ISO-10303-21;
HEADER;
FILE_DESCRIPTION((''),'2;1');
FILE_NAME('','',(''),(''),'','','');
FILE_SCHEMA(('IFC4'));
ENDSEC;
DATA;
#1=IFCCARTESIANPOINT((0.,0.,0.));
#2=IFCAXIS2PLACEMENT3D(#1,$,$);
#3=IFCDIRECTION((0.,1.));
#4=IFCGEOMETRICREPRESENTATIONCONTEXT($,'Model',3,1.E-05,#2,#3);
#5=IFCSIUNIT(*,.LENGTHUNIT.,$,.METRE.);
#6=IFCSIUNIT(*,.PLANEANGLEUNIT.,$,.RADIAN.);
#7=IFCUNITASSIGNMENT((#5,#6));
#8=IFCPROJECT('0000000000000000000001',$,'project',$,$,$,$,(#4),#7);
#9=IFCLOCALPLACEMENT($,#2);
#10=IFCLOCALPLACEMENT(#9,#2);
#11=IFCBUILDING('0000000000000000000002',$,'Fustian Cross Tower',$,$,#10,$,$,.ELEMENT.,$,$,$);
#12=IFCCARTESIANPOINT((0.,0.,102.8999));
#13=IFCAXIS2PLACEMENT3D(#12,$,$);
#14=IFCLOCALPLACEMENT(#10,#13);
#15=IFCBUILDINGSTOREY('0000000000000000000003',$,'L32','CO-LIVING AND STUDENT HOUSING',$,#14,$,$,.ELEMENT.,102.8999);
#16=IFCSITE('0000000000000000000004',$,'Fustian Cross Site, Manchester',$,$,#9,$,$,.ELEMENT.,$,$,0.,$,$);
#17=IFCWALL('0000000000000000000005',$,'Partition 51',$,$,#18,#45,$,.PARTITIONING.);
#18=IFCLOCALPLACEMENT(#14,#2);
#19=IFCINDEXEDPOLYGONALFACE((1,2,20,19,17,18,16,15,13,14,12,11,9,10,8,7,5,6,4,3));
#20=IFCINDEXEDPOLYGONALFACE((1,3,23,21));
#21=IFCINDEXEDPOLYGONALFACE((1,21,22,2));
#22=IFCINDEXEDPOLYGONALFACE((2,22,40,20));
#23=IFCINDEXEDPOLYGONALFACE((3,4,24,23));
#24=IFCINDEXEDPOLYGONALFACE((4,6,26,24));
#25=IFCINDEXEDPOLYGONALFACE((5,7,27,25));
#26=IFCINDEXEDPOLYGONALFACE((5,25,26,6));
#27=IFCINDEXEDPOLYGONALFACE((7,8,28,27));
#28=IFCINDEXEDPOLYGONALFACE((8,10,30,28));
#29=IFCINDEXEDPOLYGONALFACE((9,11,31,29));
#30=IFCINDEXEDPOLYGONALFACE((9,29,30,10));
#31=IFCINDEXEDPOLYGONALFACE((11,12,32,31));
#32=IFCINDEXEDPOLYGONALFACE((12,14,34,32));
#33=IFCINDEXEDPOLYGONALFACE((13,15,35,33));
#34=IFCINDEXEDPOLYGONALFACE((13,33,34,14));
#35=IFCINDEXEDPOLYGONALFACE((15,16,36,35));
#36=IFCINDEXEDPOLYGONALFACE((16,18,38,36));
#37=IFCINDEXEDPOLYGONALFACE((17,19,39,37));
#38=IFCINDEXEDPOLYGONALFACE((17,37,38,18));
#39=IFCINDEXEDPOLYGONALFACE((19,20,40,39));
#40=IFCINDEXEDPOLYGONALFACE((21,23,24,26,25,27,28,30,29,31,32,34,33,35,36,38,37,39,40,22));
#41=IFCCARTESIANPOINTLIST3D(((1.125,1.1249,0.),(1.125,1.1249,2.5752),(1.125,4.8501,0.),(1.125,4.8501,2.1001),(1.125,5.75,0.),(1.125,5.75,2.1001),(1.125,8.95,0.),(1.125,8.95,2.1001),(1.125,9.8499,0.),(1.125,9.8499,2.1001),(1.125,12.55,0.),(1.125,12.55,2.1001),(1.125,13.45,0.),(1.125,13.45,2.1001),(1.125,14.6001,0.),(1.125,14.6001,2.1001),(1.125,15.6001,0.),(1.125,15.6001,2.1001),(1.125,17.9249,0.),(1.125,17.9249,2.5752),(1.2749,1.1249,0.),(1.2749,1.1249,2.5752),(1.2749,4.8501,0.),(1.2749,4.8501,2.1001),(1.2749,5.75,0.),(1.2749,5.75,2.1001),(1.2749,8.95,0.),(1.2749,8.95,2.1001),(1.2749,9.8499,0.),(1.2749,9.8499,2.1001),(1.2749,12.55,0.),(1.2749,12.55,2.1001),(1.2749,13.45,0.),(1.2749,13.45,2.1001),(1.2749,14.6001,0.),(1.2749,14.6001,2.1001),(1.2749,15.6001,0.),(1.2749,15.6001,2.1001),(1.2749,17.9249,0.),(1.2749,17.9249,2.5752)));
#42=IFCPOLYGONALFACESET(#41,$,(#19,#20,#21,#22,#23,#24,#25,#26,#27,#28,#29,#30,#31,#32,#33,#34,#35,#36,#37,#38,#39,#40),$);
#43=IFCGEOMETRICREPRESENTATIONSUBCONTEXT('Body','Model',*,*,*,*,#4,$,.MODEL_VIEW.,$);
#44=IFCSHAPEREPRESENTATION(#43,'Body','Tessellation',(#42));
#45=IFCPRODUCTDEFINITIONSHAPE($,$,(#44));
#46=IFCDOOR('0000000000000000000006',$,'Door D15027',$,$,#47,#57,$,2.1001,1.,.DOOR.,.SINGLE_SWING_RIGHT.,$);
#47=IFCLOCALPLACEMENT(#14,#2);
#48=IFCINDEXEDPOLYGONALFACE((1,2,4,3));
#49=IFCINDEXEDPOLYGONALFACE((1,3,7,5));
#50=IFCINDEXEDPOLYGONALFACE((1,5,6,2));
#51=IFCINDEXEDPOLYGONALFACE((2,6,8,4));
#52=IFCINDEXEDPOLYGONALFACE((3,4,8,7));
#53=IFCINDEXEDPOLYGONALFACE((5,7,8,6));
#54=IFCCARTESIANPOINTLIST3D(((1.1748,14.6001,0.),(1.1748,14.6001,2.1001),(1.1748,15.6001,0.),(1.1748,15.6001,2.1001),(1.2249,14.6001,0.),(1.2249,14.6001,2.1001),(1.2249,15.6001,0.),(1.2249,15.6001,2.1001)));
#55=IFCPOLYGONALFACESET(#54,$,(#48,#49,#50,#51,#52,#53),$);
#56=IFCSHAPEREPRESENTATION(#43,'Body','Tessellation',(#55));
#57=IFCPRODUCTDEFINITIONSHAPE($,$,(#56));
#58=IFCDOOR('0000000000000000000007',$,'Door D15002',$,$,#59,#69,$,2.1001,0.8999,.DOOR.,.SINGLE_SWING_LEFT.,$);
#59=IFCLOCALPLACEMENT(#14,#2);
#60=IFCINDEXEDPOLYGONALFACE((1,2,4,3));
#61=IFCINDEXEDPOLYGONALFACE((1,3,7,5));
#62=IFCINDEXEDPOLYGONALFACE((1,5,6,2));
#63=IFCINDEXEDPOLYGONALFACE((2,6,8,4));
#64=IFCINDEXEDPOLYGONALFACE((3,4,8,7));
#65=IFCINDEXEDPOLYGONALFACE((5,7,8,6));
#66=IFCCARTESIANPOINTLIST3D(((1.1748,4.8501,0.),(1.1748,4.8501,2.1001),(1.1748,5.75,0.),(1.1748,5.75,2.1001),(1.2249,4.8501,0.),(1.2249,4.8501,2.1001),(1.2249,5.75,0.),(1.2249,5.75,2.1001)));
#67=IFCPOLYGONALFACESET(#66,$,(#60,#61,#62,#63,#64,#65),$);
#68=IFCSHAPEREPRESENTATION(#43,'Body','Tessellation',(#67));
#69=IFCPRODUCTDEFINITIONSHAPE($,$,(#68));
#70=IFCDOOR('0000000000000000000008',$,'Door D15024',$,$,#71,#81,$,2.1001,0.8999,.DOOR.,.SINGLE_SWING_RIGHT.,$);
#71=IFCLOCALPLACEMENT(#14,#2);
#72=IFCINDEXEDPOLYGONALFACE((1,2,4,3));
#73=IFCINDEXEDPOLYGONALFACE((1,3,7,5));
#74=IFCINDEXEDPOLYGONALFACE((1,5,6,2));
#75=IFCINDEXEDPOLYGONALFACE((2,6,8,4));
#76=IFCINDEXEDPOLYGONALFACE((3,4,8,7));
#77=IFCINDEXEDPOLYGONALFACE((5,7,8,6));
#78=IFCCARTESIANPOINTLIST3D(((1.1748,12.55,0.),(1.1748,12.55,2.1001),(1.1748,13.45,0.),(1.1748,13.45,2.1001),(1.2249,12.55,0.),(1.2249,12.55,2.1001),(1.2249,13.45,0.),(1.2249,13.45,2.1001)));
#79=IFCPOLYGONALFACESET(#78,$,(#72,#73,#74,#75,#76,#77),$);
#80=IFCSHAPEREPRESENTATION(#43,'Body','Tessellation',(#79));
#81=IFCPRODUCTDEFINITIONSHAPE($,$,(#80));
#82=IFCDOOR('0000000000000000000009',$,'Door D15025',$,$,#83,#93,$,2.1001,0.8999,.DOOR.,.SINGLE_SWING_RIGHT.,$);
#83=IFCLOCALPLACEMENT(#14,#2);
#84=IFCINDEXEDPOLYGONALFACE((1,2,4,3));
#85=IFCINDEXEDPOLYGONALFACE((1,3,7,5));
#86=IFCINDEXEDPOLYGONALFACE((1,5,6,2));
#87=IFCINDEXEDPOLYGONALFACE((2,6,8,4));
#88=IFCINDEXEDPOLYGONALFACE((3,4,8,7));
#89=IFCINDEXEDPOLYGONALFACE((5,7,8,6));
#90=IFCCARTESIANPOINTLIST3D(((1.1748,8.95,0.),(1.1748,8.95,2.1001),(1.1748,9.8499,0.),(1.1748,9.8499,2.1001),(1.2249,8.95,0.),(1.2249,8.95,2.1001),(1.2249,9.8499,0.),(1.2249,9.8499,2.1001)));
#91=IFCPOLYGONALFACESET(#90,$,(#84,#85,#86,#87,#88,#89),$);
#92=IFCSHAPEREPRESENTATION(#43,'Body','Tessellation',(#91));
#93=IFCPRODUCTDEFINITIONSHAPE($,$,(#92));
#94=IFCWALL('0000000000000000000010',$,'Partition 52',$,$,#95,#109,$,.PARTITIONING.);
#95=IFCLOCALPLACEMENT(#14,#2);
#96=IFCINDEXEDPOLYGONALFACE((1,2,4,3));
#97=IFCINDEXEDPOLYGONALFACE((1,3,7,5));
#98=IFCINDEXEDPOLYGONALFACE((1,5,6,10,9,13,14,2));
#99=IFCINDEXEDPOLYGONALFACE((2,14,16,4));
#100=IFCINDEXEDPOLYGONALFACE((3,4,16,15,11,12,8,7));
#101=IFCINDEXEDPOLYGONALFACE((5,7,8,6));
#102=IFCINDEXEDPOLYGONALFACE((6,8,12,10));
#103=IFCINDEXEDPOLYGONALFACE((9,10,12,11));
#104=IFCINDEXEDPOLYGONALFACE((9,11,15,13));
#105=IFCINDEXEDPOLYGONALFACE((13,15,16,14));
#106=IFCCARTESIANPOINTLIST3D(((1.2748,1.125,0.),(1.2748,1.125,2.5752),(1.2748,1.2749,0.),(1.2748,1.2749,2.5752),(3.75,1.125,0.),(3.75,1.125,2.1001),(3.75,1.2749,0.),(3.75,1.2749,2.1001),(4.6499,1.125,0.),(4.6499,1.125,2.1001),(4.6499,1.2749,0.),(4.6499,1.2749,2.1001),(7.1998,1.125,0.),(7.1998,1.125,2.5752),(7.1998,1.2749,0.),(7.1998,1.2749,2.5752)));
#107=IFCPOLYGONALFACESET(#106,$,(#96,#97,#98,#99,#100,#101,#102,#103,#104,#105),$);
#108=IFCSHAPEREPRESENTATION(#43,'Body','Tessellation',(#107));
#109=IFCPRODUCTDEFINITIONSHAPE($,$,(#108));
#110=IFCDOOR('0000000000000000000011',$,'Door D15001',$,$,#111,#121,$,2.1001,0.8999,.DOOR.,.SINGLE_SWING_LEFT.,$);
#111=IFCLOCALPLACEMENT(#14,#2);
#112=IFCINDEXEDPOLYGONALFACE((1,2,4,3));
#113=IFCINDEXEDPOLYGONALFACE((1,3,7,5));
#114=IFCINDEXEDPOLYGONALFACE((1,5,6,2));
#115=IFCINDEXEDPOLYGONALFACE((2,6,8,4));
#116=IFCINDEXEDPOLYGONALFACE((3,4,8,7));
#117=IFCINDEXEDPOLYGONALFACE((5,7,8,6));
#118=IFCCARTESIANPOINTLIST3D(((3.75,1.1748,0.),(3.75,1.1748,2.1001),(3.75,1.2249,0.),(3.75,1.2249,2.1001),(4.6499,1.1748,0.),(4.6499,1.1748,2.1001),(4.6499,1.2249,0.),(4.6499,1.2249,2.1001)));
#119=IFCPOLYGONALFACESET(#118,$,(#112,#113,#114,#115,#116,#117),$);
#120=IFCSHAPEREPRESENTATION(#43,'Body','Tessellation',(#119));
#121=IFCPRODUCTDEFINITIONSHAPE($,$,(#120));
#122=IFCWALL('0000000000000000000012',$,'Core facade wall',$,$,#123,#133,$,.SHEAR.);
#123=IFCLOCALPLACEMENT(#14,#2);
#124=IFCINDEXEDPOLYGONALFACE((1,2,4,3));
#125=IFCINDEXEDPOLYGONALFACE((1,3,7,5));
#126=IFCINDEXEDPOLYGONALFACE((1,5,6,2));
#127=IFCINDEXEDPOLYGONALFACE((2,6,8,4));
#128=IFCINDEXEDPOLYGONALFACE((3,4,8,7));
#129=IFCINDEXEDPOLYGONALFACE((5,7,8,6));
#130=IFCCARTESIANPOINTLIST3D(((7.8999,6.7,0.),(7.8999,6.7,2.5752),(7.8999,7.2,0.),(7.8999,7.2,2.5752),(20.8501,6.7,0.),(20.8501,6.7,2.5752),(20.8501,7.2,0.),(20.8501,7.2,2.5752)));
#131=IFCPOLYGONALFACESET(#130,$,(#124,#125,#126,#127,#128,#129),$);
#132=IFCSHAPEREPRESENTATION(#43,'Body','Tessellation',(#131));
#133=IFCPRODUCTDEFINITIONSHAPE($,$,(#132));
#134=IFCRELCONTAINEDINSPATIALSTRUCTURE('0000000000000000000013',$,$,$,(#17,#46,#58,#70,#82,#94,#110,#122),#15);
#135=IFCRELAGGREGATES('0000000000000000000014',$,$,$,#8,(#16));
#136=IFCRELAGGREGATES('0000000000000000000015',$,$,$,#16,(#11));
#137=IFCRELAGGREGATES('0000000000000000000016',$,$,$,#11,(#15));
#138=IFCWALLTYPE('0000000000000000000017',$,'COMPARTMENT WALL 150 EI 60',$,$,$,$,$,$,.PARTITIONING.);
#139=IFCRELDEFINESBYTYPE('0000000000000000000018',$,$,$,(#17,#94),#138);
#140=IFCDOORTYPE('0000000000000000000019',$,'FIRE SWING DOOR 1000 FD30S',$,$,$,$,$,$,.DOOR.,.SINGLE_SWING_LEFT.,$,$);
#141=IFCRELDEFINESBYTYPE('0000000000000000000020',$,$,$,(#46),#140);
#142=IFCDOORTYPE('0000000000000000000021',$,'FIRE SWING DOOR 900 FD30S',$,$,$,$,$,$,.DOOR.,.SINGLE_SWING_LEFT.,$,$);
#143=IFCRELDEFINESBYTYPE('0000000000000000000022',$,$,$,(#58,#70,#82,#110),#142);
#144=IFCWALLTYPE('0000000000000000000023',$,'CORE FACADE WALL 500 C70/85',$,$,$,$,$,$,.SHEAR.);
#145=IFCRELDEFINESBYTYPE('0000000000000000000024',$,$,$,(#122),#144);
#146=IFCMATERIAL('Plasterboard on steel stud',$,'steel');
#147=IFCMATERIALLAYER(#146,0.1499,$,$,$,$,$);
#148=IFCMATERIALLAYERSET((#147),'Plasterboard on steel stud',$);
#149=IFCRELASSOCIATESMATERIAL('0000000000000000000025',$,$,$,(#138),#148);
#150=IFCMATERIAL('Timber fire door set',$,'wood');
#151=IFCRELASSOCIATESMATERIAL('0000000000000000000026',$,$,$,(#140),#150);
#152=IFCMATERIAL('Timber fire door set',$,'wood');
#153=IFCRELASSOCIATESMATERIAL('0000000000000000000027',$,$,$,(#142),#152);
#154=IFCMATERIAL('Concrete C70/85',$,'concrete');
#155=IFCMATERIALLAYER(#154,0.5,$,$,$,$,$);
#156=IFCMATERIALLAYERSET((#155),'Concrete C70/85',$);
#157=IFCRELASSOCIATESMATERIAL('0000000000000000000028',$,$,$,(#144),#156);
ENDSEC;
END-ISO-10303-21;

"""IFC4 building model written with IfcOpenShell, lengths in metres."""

from ifc_helpers import new_model, si_unit, direction, frame, frame_2d, origin, place, context, subcontext, project, spatial, rectangle, extrude, material, layer, layer_set, type_object, element, fill, save


model = new_model("IFC4")

# Units and contexts
model_context = context("Model", 3, precision=1e-05, world=origin(), true_north=direction((0.0, 1.0)))
body_context = subcontext(model_context, "Body", "Model", "MODEL_VIEW")
ifc_project = project(units=[si_unit("LENGTHUNIT", "METRE"), si_unit("PLANEANGLEUNIT", "RADIAN")], contexts=[model_context])

# Site, building, storey
site_placement = place(None, origin())
site = spatial("IfcSite", under=ifc_project, at=site_placement, Name="Fustian Cross Site, Manchester", CompositionType="ELEMENT", RefElevation=0.0)
building_placement = place(site_placement, origin())
building = spatial("IfcBuilding", under=site, at=building_placement, Name="Fustian Cross Tower", CompositionType="ELEMENT")
storey_placement = place(building_placement, frame((0.0, 0.0, 102.8999)))
storey = spatial("IfcBuildingStorey", under=building, at=storey_placement, Name="L32", Description="CO-LIVING AND STUDENT HOUSING", CompositionType="ELEMENT", Elevation=102.8999)

# Wall, openings, doors
ifc_material_1 = material(Name="Plasterboard on steel stud", Category="steel")
ifc_layer_1 = layer(ifc_material_1, 0.1499)
ifc_layer_set_1 = layer_set([ifc_layer_1], Name="Plasterboard on steel stud")
wall_type_1 = type_object("IfcWallType", Name="COMPARTMENT WALL 150 EI 60", PredefinedType="PARTITIONING", material=ifc_layer_set_1)
wall_1_placement = place(storey_placement, frame((1.2, 1.125, 0.0), z_axis=(0.0, 0.0, 1.0), x_axis=(0.0, 1.0, 0.0)))
wall_1 = element("IfcWall", 1, at=wall_1_placement, inside=storey, type_object=wall_type_1, Name="Partition 51", PredefinedType="PARTITIONING", context=body_context, shape_type="SweptSolid", body=[
    extrude(rectangle(XDim=16.8, YDim=0.1499, at=frame_2d((8.3999, 0.0))), origin(), (0.0, 0.0, 1.0), 2.5752),
])
opening_1_placement = place(wall_1_placement, frame((3.7251, 0.0, 0.0)))
opening_1 = element("IfcOpeningElement", 2, at=opening_1_placement, cuts=wall_1, PredefinedType="OPENING", context=body_context, shape_type="SweptSolid", body=[
    extrude(rectangle(XDim=0.8999, YDim=2.1001, at=frame_2d((0.45, 1.05))), frame((0.0, 0.085, 0.0), z_axis=(0.0, -1.0, 0.0), x_axis=(1.0, 0.0, 0.0)), (0.0, 0.0, 1.0), 0.1699),
])
opening_2_placement = place(wall_1_placement, frame((11.425, 0.0, 0.0)))
opening_2 = element("IfcOpeningElement", 3, at=opening_2_placement, cuts=wall_1, PredefinedType="OPENING", context=body_context, shape_type="SweptSolid", body=[
    extrude(rectangle(XDim=0.8999, YDim=2.1001, at=frame_2d((0.45, 1.05))), frame((0.0, 0.085, 0.0), z_axis=(0.0, -1.0, 0.0), x_axis=(1.0, 0.0, 0.0)), (0.0, 0.0, 1.0), 0.1699),
])
opening_3_placement = place(wall_1_placement, frame((7.825, 0.0, 0.0)))
opening_3 = element("IfcOpeningElement", 4, at=opening_3_placement, cuts=wall_1, PredefinedType="OPENING", context=body_context, shape_type="SweptSolid", body=[
    extrude(rectangle(XDim=0.8999, YDim=2.1001, at=frame_2d((0.45, 1.05))), frame((0.0, 0.085, 0.0), z_axis=(0.0, -1.0, 0.0), x_axis=(1.0, 0.0, 0.0)), (0.0, 0.0, 1.0), 0.1699),
])
opening_4_placement = place(wall_1_placement, frame((13.4751, 0.0, 0.0)))
opening_4 = element("IfcOpeningElement", 5, at=opening_4_placement, cuts=wall_1, PredefinedType="OPENING", context=body_context, shape_type="SweptSolid", body=[
    extrude(rectangle(XDim=1.0, YDim=2.1001, at=frame_2d((0.5, 1.05))), frame((0.0, 0.085, 0.0), z_axis=(0.0, -1.0, 0.0), x_axis=(1.0, 0.0, 0.0)), (0.0, 0.0, 1.0), 0.1699),
])
ifc_material_2 = material(Name="Timber fire door set", Category="wood")
door_type_1 = type_object("IfcDoorType", Name="FIRE SWING DOOR 1000 FD30S", OperationType="SINGLE_SWING_LEFT", PredefinedType="DOOR", material=ifc_material_2)
door_1_placement = place(opening_4_placement, frame((1.0, 0.0, 0.0), z_axis=(0.0, 0.0, 1.0), x_axis=(-1.0, 0.0, 0.0)))
door_1 = element("IfcDoor", 6, at=door_1_placement, inside=storey, type_object=door_type_1, Name="Door D15027", OperationType="SINGLE_SWING_RIGHT", OverallHeight=2.1001, OverallWidth=1.0, PredefinedType="DOOR", context=body_context, shape_type="SweptSolid", body=[
    extrude(rectangle(XDim=1.0, YDim=2.1001, at=frame_2d((0.5, 1.05))), frame((0.0, 0.0249, 0.0), z_axis=(0.0, -1.0, 0.0), x_axis=(1.0, 0.0, 0.0)), (0.0, 0.0, 1.0), 0.05),
])
fill(opening_4, door_1)
ifc_material_3 = material(Name="Timber fire door set", Category="wood")
door_type_2 = type_object("IfcDoorType", Name="FIRE SWING DOOR 900 FD30S", OperationType="SINGLE_SWING_LEFT", PredefinedType="DOOR", material=ifc_material_3)
door_2_placement = place(opening_1_placement, frame((0.8999, 0.0, 0.0), z_axis=(0.0, 0.0, 1.0), x_axis=(-1.0, 0.0, 0.0)))
door_2 = element("IfcDoor", 7, at=door_2_placement, inside=storey, type_object=door_type_2, Name="Door D15002", OperationType="SINGLE_SWING_LEFT", OverallHeight=2.1001, OverallWidth=0.8999, PredefinedType="DOOR", context=body_context, shape_type="SweptSolid", body=[
    extrude(rectangle(XDim=0.8999, YDim=2.1001, at=frame_2d((0.45, 1.05))), frame((0.0, 0.0249, 0.0), z_axis=(0.0, -1.0, 0.0), x_axis=(1.0, 0.0, 0.0)), (0.0, 0.0, 1.0), 0.05),
])
fill(opening_1, door_2)
door_3_placement = place(opening_2_placement, frame((0.8999, 0.0, 0.0), z_axis=(0.0, 0.0, 1.0), x_axis=(-1.0, 0.0, 0.0)))
door_3 = element("IfcDoor", 8, at=door_3_placement, inside=storey, type_object=door_type_2, Name="Door D15024", OperationType="SINGLE_SWING_RIGHT", OverallHeight=2.1001, OverallWidth=0.8999, PredefinedType="DOOR", context=body_context, shape_type="SweptSolid", body=[
    extrude(rectangle(XDim=0.8999, YDim=2.1001, at=frame_2d((0.45, 1.05))), frame((0.0, 0.0249, 0.0), z_axis=(0.0, -1.0, 0.0), x_axis=(1.0, 0.0, 0.0)), (0.0, 0.0, 1.0), 0.05),
])
fill(opening_2, door_3)
door_4_placement = place(opening_3_placement, frame((0.8999, 0.0, 0.0), z_axis=(0.0, 0.0, 1.0), x_axis=(-1.0, 0.0, 0.0)))
door_4 = element("IfcDoor", 9, at=door_4_placement, inside=storey, type_object=door_type_2, Name="Door D15025", OperationType="SINGLE_SWING_RIGHT", OverallHeight=2.1001, OverallWidth=0.8999, PredefinedType="DOOR", context=body_context, shape_type="SweptSolid", body=[
    extrude(rectangle(XDim=0.8999, YDim=2.1001, at=frame_2d((0.45, 1.05))), frame((0.0, 0.0249, 0.0), z_axis=(0.0, -1.0, 0.0), x_axis=(1.0, 0.0, 0.0)), (0.0, 0.0, 1.0), 0.05),
])
fill(opening_3, door_4)

# Wall, opening, door
wall_2_placement = place(storey_placement, frame((1.2749, 1.2, 0.0), z_axis=(0.0, 0.0, 1.0), x_axis=(1.0, 0.0, 0.0)))
wall_2 = element("IfcWall", 10, at=wall_2_placement, inside=storey, type_object=wall_type_1, Name="Partition 52", PredefinedType="PARTITIONING", context=body_context, shape_type="SweptSolid", body=[
    extrude(rectangle(XDim=5.925, YDim=0.1499, at=frame_2d((2.9624, 0.0))), origin(), (0.0, 0.0, 1.0), 2.5752),
])
opening_5_placement = place(wall_2_placement, frame((2.4751, 0.0, 0.0)))
opening_5 = element("IfcOpeningElement", 11, at=opening_5_placement, cuts=wall_2, PredefinedType="OPENING", context=body_context, shape_type="SweptSolid", body=[
    extrude(rectangle(XDim=0.8999, YDim=2.1001, at=frame_2d((0.45, 1.05))), frame((0.0, 0.085, 0.0), z_axis=(0.0, -1.0, 0.0), x_axis=(1.0, 0.0, 0.0)), (0.0, 0.0, 1.0), 0.1699),
])
door_5_placement = place(opening_5_placement, origin())
door_5 = element("IfcDoor", 12, at=door_5_placement, inside=storey, type_object=door_type_2, Name="Door D15001", OperationType="SINGLE_SWING_LEFT", OverallHeight=2.1001, OverallWidth=0.8999, PredefinedType="DOOR", context=body_context, shape_type="SweptSolid", body=[
    extrude(rectangle(XDim=0.8999, YDim=2.1001, at=frame_2d((0.45, 1.05))), frame((0.0, 0.0249, 0.0), z_axis=(0.0, -1.0, 0.0), x_axis=(1.0, 0.0, 0.0)), (0.0, 0.0, 1.0), 0.05),
])
fill(opening_5, door_5)

# Wall
ifc_material_4 = material(Name="Concrete C70/85", Category="concrete")
ifc_layer_2 = layer(ifc_material_4, 0.5)
ifc_layer_set_2 = layer_set([ifc_layer_2], Name="Concrete C70/85")
wall_type_2 = type_object("IfcWallType", Name="CORE FACADE WALL 500 C70/85", PredefinedType="SHEAR", material=ifc_layer_set_2)
wall_3_placement = place(storey_placement, frame((7.8999, 6.95, 0.0), z_axis=(0.0, 0.0, 1.0), x_axis=(1.0, 0.0, 0.0)))
element("IfcWall", 13, at=wall_3_placement, inside=storey, type_object=wall_type_2, Name="Core facade wall", PredefinedType="SHEAR", context=body_context, shape_type="SweptSolid", body=[
    extrude(rectangle(XDim=12.9502, YDim=0.5, at=frame_2d((6.4751, 0.0))), origin(), (0.0, 0.0, 1.0), 2.5752),
])

save(model, "model.ifc")
